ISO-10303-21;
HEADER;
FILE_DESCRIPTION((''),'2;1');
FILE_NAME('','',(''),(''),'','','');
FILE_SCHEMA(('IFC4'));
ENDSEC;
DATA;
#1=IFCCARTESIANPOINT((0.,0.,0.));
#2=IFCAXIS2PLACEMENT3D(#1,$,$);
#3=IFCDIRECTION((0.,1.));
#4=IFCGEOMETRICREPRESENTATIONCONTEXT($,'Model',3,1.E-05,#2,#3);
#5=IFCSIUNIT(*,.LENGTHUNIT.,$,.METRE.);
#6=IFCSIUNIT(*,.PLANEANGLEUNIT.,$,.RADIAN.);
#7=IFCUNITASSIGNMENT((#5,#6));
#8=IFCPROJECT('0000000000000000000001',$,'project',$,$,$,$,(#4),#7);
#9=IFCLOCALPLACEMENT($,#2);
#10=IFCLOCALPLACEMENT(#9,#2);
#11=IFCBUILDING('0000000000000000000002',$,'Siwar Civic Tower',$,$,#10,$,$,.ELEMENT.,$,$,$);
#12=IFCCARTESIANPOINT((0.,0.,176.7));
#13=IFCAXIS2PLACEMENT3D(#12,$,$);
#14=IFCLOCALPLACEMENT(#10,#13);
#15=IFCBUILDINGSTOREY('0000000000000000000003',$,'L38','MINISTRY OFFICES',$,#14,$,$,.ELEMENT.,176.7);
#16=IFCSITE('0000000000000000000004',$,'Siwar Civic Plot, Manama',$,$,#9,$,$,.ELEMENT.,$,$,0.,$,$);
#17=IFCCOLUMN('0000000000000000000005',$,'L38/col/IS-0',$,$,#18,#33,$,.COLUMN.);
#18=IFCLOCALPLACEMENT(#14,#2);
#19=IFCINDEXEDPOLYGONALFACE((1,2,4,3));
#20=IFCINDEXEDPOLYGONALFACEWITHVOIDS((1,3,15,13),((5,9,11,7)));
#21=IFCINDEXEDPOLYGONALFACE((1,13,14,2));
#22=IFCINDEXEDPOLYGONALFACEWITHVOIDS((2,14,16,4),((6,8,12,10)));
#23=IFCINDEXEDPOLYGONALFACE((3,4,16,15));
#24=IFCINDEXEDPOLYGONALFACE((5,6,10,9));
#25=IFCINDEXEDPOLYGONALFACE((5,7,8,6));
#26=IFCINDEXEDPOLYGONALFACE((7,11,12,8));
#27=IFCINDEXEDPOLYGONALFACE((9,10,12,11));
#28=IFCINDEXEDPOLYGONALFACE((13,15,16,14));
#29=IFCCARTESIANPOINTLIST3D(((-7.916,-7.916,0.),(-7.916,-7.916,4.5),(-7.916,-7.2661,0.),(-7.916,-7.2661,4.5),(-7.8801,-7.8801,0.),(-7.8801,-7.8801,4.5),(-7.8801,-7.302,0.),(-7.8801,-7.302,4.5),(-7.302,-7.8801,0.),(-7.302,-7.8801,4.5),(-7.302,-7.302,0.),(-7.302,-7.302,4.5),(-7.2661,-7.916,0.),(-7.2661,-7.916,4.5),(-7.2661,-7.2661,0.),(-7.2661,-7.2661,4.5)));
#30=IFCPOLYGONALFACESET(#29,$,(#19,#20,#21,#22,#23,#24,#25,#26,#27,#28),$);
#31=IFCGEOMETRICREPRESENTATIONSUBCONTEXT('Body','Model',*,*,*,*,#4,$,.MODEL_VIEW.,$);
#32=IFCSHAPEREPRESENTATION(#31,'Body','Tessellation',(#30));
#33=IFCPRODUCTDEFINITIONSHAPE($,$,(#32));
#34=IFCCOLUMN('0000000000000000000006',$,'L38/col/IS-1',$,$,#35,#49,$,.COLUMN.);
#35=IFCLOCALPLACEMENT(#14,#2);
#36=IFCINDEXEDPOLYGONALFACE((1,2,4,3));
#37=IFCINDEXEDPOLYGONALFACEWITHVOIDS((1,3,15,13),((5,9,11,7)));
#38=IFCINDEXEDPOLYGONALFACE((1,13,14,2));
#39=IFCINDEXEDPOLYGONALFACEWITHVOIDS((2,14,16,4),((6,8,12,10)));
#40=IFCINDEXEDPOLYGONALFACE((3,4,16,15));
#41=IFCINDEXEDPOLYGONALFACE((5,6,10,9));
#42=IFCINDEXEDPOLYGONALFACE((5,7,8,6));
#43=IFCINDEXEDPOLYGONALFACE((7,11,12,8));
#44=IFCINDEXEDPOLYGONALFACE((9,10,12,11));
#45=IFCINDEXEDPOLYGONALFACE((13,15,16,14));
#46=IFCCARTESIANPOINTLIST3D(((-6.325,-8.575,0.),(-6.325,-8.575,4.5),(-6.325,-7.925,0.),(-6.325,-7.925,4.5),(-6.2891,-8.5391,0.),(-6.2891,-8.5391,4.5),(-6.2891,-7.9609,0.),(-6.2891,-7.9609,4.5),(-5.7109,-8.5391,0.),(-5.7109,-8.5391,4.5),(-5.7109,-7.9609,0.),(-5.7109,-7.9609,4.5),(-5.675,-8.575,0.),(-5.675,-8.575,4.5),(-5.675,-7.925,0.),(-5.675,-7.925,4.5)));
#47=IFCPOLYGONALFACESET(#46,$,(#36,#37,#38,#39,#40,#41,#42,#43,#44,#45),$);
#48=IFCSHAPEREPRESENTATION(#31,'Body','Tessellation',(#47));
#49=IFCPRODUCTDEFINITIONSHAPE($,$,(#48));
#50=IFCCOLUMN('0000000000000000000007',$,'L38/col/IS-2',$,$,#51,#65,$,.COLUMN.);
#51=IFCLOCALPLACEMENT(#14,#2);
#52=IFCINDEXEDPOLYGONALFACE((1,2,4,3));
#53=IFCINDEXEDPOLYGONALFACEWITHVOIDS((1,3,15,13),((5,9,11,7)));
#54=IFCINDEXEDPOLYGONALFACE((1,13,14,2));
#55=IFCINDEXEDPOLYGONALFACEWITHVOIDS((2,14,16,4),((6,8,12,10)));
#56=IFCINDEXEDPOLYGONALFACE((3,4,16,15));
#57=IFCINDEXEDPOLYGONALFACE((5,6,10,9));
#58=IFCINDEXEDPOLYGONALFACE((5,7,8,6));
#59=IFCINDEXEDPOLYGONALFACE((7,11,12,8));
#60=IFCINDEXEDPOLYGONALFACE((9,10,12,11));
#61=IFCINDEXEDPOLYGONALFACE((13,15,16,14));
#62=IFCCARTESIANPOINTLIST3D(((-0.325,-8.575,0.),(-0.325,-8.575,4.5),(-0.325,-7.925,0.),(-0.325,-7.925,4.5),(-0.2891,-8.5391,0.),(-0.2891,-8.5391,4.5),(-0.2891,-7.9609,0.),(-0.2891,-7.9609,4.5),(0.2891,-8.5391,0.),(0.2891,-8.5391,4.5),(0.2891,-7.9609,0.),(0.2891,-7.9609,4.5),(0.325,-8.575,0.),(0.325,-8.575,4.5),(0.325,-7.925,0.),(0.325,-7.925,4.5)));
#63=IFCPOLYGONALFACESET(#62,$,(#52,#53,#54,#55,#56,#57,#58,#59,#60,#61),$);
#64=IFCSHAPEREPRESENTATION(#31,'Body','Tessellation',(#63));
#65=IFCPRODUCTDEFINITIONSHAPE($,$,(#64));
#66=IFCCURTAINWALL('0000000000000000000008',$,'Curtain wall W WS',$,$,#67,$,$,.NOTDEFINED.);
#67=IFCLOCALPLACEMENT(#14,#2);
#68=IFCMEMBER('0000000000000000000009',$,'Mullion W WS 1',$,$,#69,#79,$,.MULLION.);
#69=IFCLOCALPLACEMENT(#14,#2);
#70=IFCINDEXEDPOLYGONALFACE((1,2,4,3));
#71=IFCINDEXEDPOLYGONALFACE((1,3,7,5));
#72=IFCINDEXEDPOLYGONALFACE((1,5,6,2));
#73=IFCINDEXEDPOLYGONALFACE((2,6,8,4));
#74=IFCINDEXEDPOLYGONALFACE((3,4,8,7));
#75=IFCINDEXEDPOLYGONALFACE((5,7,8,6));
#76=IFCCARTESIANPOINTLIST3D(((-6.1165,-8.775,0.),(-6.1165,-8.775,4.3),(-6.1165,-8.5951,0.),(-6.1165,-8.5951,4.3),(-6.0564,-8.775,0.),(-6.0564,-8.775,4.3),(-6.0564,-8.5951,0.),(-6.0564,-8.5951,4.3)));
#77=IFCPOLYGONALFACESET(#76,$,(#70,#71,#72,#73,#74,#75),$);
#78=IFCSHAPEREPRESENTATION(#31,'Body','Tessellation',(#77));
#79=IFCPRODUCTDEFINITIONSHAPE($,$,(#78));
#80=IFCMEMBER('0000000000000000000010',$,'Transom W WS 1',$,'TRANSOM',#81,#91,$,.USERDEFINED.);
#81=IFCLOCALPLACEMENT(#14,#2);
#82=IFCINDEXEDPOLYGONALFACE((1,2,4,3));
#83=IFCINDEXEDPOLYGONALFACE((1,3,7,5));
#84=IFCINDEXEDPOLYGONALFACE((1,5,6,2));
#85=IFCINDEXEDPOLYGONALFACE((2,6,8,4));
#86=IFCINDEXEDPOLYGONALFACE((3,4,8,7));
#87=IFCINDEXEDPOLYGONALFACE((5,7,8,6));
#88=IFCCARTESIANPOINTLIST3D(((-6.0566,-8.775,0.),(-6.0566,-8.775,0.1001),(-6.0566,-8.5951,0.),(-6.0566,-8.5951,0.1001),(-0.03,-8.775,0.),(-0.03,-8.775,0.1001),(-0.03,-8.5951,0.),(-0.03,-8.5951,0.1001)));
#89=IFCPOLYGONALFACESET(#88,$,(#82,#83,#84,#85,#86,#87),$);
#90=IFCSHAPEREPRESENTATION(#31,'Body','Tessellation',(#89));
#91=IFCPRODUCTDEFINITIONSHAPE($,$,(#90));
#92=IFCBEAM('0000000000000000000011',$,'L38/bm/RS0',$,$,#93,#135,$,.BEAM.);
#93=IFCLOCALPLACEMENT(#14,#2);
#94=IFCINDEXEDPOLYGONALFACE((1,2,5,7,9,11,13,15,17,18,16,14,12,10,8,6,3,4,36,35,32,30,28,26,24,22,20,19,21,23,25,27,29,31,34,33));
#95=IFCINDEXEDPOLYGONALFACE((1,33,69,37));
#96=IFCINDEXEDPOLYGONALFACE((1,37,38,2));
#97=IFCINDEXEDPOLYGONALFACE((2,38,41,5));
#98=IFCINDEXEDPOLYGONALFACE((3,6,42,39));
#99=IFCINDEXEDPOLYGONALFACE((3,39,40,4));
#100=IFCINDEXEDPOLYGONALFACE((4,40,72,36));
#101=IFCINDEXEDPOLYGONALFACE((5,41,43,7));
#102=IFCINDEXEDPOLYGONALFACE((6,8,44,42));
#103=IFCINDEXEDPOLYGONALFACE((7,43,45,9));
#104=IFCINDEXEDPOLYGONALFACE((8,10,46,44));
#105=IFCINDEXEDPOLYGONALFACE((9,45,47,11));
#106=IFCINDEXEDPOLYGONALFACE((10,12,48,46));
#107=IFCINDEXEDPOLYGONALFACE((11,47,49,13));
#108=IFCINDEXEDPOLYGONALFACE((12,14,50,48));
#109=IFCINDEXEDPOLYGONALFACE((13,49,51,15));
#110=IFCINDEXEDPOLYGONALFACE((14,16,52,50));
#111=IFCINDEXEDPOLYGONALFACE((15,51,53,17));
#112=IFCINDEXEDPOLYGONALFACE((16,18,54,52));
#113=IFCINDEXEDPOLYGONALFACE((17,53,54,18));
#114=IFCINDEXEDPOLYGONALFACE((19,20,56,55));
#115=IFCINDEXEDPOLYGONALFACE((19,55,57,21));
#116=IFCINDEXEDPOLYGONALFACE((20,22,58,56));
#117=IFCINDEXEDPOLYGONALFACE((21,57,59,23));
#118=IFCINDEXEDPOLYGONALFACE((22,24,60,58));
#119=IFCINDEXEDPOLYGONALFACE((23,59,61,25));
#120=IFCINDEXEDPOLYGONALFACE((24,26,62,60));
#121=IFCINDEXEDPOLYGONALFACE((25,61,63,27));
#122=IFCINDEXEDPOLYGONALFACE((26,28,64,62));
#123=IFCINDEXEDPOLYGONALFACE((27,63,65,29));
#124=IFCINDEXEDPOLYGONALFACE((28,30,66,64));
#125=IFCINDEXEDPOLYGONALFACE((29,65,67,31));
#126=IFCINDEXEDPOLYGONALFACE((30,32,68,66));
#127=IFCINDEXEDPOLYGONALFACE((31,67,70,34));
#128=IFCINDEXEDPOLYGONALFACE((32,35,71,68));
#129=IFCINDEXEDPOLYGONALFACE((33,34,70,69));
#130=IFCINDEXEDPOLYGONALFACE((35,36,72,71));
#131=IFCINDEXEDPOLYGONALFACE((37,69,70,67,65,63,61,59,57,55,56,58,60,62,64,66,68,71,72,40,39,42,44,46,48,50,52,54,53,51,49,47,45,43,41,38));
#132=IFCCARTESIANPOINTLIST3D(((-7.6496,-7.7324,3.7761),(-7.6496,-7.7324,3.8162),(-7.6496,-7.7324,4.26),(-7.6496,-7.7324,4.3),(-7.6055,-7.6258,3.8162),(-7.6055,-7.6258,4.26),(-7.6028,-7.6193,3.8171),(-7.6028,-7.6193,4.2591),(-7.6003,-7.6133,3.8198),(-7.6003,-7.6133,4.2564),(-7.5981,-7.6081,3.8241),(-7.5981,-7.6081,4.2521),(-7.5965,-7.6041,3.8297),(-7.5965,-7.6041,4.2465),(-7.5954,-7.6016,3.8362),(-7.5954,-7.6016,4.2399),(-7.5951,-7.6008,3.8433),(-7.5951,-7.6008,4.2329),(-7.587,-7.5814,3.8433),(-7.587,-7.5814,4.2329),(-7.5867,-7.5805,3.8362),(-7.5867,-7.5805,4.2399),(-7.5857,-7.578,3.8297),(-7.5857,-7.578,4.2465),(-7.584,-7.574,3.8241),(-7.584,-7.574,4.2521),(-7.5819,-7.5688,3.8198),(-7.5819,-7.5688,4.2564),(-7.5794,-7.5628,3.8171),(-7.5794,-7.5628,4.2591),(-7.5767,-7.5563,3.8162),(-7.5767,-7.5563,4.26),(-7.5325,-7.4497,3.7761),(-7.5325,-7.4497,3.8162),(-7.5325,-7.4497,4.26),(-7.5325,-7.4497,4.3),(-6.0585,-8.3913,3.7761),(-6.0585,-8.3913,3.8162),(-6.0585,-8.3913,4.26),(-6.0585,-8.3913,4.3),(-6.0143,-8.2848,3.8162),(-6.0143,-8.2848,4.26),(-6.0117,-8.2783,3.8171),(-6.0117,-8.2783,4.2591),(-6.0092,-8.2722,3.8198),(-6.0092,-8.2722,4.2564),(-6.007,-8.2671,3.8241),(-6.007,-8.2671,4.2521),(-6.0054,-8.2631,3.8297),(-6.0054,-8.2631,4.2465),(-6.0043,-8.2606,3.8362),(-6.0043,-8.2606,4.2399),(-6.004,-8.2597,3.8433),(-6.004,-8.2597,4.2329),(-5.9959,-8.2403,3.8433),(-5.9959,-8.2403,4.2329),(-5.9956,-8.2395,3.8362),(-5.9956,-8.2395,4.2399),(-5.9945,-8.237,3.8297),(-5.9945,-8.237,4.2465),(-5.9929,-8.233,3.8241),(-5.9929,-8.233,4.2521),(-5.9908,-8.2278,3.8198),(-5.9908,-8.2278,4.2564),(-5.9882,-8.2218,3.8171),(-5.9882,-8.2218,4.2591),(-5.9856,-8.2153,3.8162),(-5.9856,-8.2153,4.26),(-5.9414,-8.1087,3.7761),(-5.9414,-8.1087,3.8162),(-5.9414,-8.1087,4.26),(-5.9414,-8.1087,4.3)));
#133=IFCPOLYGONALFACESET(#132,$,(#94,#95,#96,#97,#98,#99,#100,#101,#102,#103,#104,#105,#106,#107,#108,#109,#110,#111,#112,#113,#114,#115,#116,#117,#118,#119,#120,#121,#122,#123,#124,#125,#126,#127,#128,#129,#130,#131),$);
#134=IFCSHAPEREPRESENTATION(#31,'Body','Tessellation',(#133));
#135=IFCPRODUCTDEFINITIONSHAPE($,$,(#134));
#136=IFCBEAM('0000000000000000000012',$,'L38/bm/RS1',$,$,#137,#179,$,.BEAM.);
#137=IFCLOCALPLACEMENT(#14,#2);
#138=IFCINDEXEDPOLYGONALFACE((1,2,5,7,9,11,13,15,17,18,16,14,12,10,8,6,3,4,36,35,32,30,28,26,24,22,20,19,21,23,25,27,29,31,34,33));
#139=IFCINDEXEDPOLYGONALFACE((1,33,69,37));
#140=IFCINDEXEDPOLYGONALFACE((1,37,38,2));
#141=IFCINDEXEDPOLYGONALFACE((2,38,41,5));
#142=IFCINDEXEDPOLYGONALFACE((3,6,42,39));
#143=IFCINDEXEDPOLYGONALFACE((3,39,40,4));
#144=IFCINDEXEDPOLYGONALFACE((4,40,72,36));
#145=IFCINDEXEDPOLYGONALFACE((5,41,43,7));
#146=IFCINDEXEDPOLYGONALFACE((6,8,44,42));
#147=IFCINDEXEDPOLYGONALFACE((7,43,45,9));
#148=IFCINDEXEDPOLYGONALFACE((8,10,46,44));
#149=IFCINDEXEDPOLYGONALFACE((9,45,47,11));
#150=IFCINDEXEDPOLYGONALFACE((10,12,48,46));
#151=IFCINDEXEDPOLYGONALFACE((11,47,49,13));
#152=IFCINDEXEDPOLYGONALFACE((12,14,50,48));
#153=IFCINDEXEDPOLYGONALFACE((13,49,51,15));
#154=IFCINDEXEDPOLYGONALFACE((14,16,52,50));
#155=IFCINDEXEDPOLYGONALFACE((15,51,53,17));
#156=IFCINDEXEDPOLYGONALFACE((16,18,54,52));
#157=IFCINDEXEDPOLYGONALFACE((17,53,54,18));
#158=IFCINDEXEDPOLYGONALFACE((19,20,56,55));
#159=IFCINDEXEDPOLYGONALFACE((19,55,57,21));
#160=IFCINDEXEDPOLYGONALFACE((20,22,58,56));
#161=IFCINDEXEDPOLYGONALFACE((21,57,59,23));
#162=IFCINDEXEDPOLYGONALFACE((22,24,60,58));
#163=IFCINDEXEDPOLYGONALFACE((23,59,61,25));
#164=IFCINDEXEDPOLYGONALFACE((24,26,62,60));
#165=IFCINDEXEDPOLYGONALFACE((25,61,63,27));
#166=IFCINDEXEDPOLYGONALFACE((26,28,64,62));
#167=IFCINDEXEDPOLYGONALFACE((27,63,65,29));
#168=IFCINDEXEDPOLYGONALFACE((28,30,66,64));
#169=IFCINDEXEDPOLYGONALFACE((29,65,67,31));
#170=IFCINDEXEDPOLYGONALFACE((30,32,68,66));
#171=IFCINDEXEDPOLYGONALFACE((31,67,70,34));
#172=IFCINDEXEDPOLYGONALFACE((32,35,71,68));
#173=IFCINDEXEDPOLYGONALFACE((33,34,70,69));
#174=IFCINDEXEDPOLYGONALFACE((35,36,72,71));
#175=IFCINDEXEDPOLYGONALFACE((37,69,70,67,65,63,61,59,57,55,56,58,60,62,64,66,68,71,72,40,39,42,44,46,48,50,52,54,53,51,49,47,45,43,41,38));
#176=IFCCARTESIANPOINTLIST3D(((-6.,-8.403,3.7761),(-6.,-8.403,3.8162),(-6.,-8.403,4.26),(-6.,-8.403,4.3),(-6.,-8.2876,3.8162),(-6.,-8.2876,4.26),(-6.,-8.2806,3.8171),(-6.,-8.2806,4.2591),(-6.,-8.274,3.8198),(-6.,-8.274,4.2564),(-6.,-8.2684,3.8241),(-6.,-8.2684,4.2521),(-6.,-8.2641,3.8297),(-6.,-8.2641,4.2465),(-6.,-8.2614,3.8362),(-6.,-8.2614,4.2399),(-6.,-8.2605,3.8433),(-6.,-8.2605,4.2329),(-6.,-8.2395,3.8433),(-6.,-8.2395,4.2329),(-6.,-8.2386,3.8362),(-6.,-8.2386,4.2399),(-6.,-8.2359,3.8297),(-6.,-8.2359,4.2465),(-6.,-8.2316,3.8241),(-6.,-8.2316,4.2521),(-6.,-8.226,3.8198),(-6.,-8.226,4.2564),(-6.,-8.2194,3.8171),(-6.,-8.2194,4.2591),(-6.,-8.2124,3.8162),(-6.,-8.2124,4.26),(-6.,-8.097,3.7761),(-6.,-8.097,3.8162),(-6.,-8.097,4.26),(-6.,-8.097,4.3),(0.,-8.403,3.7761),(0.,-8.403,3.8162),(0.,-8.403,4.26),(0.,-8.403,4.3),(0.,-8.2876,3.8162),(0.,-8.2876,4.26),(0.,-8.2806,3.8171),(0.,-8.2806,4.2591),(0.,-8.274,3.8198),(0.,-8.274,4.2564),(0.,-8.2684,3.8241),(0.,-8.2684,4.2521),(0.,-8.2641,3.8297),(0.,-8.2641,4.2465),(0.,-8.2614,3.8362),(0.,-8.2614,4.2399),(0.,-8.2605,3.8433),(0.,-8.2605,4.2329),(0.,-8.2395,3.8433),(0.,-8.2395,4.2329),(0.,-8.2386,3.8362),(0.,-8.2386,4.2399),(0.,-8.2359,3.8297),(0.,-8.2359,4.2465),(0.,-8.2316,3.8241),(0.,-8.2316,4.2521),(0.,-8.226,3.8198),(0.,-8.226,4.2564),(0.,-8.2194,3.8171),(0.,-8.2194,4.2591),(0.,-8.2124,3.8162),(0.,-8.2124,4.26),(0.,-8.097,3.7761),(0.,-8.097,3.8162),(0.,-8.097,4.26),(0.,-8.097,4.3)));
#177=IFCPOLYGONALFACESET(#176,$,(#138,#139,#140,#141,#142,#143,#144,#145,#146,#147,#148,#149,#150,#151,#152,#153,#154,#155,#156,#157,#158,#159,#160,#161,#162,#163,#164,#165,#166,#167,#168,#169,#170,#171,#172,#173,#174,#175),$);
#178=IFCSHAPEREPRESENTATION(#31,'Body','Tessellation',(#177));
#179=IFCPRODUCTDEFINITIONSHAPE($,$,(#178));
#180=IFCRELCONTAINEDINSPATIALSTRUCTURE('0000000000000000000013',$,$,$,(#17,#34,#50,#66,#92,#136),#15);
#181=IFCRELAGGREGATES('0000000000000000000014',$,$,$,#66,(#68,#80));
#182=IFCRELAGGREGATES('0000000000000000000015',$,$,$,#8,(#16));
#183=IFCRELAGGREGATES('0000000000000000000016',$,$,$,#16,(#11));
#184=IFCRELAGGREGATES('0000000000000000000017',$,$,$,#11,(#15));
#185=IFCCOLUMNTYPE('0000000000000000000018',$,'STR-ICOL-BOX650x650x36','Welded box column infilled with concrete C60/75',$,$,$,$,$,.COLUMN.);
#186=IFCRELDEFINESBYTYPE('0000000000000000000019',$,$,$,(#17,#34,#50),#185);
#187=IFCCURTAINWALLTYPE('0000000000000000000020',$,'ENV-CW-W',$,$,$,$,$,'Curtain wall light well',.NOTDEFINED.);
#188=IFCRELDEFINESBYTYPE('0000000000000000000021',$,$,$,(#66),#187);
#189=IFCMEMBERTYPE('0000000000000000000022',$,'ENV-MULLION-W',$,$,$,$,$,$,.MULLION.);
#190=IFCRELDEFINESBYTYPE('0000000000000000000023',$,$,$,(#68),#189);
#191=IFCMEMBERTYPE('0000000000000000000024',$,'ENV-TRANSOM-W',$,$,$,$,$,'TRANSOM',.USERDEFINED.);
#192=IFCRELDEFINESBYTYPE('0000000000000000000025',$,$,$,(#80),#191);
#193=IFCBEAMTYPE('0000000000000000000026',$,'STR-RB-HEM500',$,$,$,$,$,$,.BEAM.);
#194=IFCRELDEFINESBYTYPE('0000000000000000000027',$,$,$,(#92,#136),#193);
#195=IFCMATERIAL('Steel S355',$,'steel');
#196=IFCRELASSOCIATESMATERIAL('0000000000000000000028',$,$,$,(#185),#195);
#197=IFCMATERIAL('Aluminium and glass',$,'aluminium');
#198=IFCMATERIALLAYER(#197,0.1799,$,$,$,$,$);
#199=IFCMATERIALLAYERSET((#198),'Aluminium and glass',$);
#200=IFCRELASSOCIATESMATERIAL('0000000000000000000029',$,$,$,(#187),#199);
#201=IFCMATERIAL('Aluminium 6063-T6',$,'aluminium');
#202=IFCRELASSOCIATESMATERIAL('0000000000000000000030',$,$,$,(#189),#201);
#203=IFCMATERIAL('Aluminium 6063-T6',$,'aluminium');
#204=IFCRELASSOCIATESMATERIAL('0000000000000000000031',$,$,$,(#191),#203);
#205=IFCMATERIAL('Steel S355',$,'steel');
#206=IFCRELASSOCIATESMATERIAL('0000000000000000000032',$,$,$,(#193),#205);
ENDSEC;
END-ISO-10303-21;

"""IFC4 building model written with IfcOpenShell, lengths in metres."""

from ifc_helpers import new_model, si_unit, direction, frame, origin, origin_2d, place, context, subcontext, project, spatial, rectangle, hollow_rectangle, i_section, extrude, material, layer, layer_set, material_profile, profile_set, type_object, element, aggregate, save


model = new_model("IFC4")

# Units and contexts
model_context = context("Model", 3, precision=1e-05, world=origin(), true_north=direction((0.0, 1.0)))
body_context = subcontext(model_context, "Body", "Model", "MODEL_VIEW")
ifc_project = project(units=[si_unit("LENGTHUNIT", "METRE"), si_unit("PLANEANGLEUNIT", "RADIAN")], contexts=[model_context])

# Site, building, storey
site_placement = place(None, origin())
site = spatial("IfcSite", under=ifc_project, at=site_placement, Name="Siwar Civic Plot, Manama", CompositionType="ELEMENT", RefElevation=0.0)
building_placement = place(site_placement, origin())
building = spatial("IfcBuilding", under=site, at=building_placement, Name="Siwar Civic Tower", CompositionType="ELEMENT")
storey_placement = place(building_placement, frame((0.0, 0.0, 176.7)))
storey = spatial("IfcBuildingStorey", under=building, at=storey_placement, Name="L38", Description="MINISTRY OFFICES", CompositionType="ELEMENT", Elevation=176.7)

# Columns
ifc_material_1 = material(Name="Steel S355", Category="steel")
ifc_material_profile_1 = material_profile(ifc_material_1, hollow_rectangle(XDim=0.6499, YDim=0.6499, WallThickness=0.0359, at=origin_2d()), Name="BOX650x650x36")
ifc_profile_set_1 = profile_set([ifc_material_profile_1], Name="Steel S355")
column_type = type_object("IfcColumnType", Name="STR-ICOL-BOX650x650x36", Description="Welded box column infilled with concrete C60/75", PredefinedType="COLUMN", material=ifc_profile_set_1)
for number, where, z_axis, x_axis, name in (
    (1, (-7.5911, -7.5911, 0.0), (0.0, 0.0, 1.0), (1.0, 0.0, 0.0), "L38/col/IS-0"),
    (2, (-6.0, -8.25, 0.0), (0.0, 0.0, 1.0), (1.0, 0.0, 0.0), "L38/col/IS-1"),
    (3, (0.0, -8.25, 0.0), (0.0, 0.0, 1.0), (1.0, 0.0, 0.0), "L38/col/IS-2"),
):
    element("IfcColumn", number, at=place(storey_placement, frame(where, z_axis=z_axis, x_axis=x_axis)), inside=storey, type_object=column_type, Name=name, PredefinedType="COLUMN", context=body_context, shape_type="SweptSolid", body=[
        extrude(hollow_rectangle(XDim=0.6499, YDim=0.6499, WallThickness=0.0359, at=origin_2d()), origin(), (0.0, 0.0, 1.0), 4.5),
    ])

# Curtain wall, members
ifc_material_2 = material(Name="Aluminium and glass", Category="aluminium")
ifc_layer_1 = layer(ifc_material_2, 0.1799)
ifc_layer_set_1 = layer_set([ifc_layer_1], Name="Aluminium and glass")
curtain_wall_type = type_object("IfcCurtainWallType", Name="ENV-CW-W", ElementType="Curtain wall light well", PredefinedType="NOTDEFINED", material=ifc_layer_set_1)
curtain_wall_placement = place(storey_placement, origin())
curtain_wall = element("IfcCurtainWall", 4, at=curtain_wall_placement, inside=storey, type_object=curtain_wall_type, Name="Curtain wall W WS", PredefinedType="NOTDEFINED")
ifc_material_3 = material(Name="Aluminium 6063-T6", Category="aluminium")
ifc_material_profile_2 = material_profile(ifc_material_3, rectangle(XDim=0.1799, YDim=0.0601, at=origin_2d()), Name="AL 180x60")
ifc_profile_set_2 = profile_set([ifc_material_profile_2], Name="Aluminium 6063-T6")
member_type_1 = type_object("IfcMemberType", Name="ENV-MULLION-W", PredefinedType="MULLION", material=ifc_profile_set_2)
member_1_placement = place(storey_placement, frame((-6.0864, -8.6851, 0.0), z_axis=(0.0, 0.0, 1.0), x_axis=(0.0, 1.0, 0.0)))
member_1 = element("IfcMember", 5, at=member_1_placement, type_object=member_type_1, Name="Mullion W WS 1", PredefinedType="MULLION", context=body_context, shape_type="SweptSolid", body=[
    extrude(rectangle(XDim=0.1799, YDim=0.0601, at=origin_2d()), origin(), (0.0, 0.0, 1.0), 4.3),
])
ifc_material_4 = material(Name="Aluminium 6063-T6", Category="aluminium")
ifc_material_profile_3 = material_profile(ifc_material_4, rectangle(XDim=0.1799, YDim=0.1001, at=origin_2d()), Name="AL 180x100")
ifc_profile_set_3 = profile_set([ifc_material_profile_3], Name="Aluminium 6063-T6")
member_type_2 = type_object("IfcMemberType", Name="ENV-TRANSOM-W", ElementType="TRANSOM", PredefinedType="USERDEFINED", material=ifc_profile_set_3)
member_2_placement = place(storey_placement, frame((-6.0566, -8.6851, 0.05), z_axis=(1.0, 0.0, 0.0), x_axis=(0.0, 1.0, 0.0)))
member_2 = element("IfcMember", 6, at=member_2_placement, type_object=member_type_2, Name="Transom W WS 1", ObjectType="TRANSOM", PredefinedType="USERDEFINED", context=body_context, shape_type="SweptSolid", body=[
    extrude(rectangle(XDim=0.1799, YDim=0.1001, at=origin_2d()), origin(), (0.0, 0.0, 1.0), 6.0266),
])

# Beams
ifc_material_5 = material(Name="Steel S355", Category="steel")
ifc_material_profile_4 = material_profile(ifc_material_5, i_section(OverallWidth=0.3059, OverallDepth=0.5239, WebThickness=0.021, FlangeThickness=0.04, FilletRadius=0.0271, at=origin_2d()), Name="HEM500")
ifc_profile_set_4 = profile_set([ifc_material_profile_4], Name="Steel S355")
beam_type = type_object("IfcBeamType", Name="STR-RB-HEM500", PredefinedType="BEAM", material=ifc_profile_set_4)
beam_1_placement = place(storey_placement, frame((-7.5911, -7.5911, 4.0381), z_axis=(0.923901, -0.382631, 0.0), x_axis=(0.382631, 0.923901, 0.0)))
element("IfcBeam", 7, at=beam_1_placement, inside=storey, type_object=beam_type, Name="L38/bm/RS0", PredefinedType="BEAM", context=body_context, shape_type="SweptSolid", body=[
    extrude(i_section(OverallWidth=0.3059, OverallDepth=0.5239, WebThickness=0.021, FlangeThickness=0.04, FilletRadius=0.0271, at=origin_2d()), origin(), (0.0, 0.0, 1.0), 1.7222),
])
for number, where, z_axis, x_axis, name in (
    (8, (-6.0, -8.25, 4.0381), (1.0, 0.0, 0.0), (0.0, 1.0, 0.0), "L38/bm/RS1"),
):
    element("IfcBeam", number, at=place(storey_placement, frame(where, z_axis=z_axis, x_axis=x_axis)), inside=storey, type_object=beam_type, Name=name, PredefinedType="BEAM", context=body_context, shape_type="SweptSolid", body=[
        extrude(i_section(OverallWidth=0.3059, OverallDepth=0.5239, WebThickness=0.021, FlangeThickness=0.04, FilletRadius=0.0271, at=origin_2d()), origin(), (0.0, 0.0, 1.0), 6.0),
    ])

aggregate(curtain_wall, [member_1, member_2])

save(model, "model.ifc")
